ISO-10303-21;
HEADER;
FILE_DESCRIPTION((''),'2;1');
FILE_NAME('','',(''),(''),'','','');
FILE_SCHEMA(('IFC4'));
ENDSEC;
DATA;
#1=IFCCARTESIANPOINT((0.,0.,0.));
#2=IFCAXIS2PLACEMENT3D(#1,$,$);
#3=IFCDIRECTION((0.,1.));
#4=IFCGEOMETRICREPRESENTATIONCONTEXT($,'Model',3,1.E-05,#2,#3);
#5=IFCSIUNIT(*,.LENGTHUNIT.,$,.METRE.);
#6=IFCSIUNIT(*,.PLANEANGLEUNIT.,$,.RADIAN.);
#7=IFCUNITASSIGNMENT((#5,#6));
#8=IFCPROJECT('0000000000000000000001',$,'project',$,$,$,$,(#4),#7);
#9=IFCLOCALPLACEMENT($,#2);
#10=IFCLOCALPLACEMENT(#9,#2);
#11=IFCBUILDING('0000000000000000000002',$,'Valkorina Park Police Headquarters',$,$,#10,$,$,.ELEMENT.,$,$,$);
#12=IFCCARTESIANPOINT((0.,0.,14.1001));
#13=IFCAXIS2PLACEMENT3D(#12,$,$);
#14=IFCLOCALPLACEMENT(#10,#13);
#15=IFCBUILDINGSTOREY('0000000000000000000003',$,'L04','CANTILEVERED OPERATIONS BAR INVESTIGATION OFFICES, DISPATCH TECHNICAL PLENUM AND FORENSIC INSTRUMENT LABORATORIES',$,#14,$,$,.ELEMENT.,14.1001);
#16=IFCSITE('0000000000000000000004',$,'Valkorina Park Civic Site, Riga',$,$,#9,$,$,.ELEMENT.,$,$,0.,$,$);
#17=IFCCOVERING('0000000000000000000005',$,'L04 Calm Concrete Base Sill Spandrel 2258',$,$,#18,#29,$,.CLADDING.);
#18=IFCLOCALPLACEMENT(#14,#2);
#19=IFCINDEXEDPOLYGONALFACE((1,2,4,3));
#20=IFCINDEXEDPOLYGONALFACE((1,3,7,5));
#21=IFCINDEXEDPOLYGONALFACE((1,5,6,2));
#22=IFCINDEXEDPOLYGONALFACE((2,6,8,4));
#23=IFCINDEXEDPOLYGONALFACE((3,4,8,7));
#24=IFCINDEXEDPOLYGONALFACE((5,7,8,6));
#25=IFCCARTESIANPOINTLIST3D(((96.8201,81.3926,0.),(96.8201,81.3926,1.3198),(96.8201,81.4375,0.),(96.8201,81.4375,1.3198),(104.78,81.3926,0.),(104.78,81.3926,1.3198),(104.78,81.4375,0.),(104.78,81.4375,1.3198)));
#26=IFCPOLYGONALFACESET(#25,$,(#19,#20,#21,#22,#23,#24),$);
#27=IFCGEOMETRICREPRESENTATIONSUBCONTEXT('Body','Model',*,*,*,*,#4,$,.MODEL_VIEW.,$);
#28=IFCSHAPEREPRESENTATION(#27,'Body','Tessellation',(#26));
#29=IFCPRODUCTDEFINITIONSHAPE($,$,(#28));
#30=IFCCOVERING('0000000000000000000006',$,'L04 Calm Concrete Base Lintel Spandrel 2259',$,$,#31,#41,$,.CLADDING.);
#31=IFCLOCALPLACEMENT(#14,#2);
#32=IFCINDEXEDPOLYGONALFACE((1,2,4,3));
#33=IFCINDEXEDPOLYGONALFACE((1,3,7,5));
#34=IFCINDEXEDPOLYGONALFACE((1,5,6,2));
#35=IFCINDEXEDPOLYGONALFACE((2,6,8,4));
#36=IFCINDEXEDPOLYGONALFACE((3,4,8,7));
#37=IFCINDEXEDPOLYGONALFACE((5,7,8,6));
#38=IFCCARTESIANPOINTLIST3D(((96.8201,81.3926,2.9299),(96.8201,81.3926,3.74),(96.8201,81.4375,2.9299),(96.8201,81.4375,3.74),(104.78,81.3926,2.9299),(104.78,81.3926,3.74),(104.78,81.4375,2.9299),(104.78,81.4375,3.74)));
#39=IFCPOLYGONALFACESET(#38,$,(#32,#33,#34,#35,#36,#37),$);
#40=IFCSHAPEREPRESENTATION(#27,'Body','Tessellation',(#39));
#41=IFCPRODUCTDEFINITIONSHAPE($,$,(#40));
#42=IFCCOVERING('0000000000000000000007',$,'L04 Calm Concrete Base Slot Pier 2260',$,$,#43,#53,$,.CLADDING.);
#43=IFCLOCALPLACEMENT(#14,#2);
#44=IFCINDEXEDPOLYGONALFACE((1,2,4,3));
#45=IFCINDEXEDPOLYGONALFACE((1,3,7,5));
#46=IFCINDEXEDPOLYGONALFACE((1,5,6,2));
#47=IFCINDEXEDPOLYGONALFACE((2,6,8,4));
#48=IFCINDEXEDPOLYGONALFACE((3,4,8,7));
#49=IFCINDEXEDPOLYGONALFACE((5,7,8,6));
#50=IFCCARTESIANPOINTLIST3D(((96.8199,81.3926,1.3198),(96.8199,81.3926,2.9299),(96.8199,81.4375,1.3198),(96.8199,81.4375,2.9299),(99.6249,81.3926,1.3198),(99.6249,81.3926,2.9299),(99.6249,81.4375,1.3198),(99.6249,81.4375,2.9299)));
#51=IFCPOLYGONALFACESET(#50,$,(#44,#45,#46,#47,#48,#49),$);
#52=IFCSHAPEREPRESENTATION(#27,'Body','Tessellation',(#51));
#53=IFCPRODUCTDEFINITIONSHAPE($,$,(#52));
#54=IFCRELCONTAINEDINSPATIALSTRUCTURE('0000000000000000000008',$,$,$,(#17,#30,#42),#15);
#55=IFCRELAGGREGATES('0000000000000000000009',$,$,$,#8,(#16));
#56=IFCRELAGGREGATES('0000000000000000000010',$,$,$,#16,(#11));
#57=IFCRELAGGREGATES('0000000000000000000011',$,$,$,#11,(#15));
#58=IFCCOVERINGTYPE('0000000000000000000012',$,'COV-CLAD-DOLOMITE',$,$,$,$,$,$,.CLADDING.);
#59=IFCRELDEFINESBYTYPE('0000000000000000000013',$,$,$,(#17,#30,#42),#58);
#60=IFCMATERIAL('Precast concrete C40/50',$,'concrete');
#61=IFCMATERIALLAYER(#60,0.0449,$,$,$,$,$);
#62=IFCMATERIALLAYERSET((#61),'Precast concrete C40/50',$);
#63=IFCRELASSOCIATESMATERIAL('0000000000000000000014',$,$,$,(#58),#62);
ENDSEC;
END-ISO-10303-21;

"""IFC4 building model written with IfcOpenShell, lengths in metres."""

from ifc_helpers import new_model, si_unit, direction, frame, frame_2d, origin, place, context, subcontext, project, spatial, rectangle, extrude, material, layer, layer_set, type_object, element, save


model = new_model("IFC4")

# Units and contexts
model_context = context("Model", 3, precision=1e-05, world=origin(), true_north=direction((0.0, 1.0)))
body_context = subcontext(model_context, "Body", "Model", "MODEL_VIEW")
ifc_project = project(units=[si_unit("LENGTHUNIT", "METRE"), si_unit("PLANEANGLEUNIT", "RADIAN")], contexts=[model_context])

# Site, building, storey
site_placement = place(None, origin())
site = spatial("IfcSite", under=ifc_project, at=site_placement, Name="Valkorina Park Civic Site, Riga", CompositionType="ELEMENT", RefElevation=0.0)
building_placement = place(site_placement, origin())
building = spatial("IfcBuilding", under=site, at=building_placement, Name="Valkorina Park Police Headquarters", CompositionType="ELEMENT")
storey_placement = place(building_placement, frame((0.0, 0.0, 14.1001)))
storey = spatial("IfcBuildingStorey", under=building, at=storey_placement, Name="L04", Description="CANTILEVERED OPERATIONS BAR INVESTIGATION OFFICES, DISPATCH TECHNICAL PLENUM AND FORENSIC INSTRUMENT LABORATORIES", CompositionType="ELEMENT", Elevation=14.1001)

# Coverings
ifc_material_1 = material(Name="Precast concrete C40/50", Category="concrete")
ifc_layer_1 = layer(ifc_material_1, 0.0449)
ifc_layer_set_1 = layer_set([ifc_layer_1], Name="Precast concrete C40/50")
covering_type = type_object("IfcCoveringType", Name="COV-CLAD-DOLOMITE", PredefinedType="CLADDING", material=ifc_layer_set_1)
covering_1_placement = place(storey_placement, frame((96.8201, 81.415, 0.0), z_axis=(0.0, 0.0, 1.0), x_axis=(1.0, 0.0, 0.0)))
element("IfcCovering", 1, at=covering_1_placement, inside=storey, type_object=covering_type, Name="L04 Calm Concrete Base Sill Spandrel 2258", PredefinedType="CLADDING", context=body_context, shape_type="SweptSolid", body=[
    extrude(rectangle(XDim=7.96, YDim=0.0449, at=frame_2d((3.98, 0.0))), origin(), (0.0, 0.0, 1.0), 1.3198),
])
covering_2_placement = place(storey_placement, frame((96.8201, 81.415, 2.9299), z_axis=(0.0, 0.0, 1.0), x_axis=(1.0, 0.0, 0.0)))
element("IfcCovering", 2, at=covering_2_placement, inside=storey, type_object=covering_type, Name="L04 Calm Concrete Base Lintel Spandrel 2259", PredefinedType="CLADDING", context=body_context, shape_type="SweptSolid", body=[
    extrude(rectangle(XDim=7.96, YDim=0.0449, at=frame_2d((3.98, 0.0))), origin(), (0.0, 0.0, 1.0), 0.8101),
])
covering_3_placement = place(storey_placement, frame((96.8201, 81.415, 1.3198), z_axis=(0.0, 0.0, 1.0), x_axis=(1.0, 0.0, 0.0)))
element("IfcCovering", 3, at=covering_3_placement, inside=storey, type_object=covering_type, Name="L04 Calm Concrete Base Slot Pier 2260", PredefinedType="CLADDING", context=body_context, shape_type="SweptSolid", body=[
    extrude(rectangle(XDim=2.8049, YDim=0.0449, at=frame_2d((1.4023, 0.0))), origin(), (0.0, 0.0, 1.0), 1.6101),
])

save(model, "model.ifc")
